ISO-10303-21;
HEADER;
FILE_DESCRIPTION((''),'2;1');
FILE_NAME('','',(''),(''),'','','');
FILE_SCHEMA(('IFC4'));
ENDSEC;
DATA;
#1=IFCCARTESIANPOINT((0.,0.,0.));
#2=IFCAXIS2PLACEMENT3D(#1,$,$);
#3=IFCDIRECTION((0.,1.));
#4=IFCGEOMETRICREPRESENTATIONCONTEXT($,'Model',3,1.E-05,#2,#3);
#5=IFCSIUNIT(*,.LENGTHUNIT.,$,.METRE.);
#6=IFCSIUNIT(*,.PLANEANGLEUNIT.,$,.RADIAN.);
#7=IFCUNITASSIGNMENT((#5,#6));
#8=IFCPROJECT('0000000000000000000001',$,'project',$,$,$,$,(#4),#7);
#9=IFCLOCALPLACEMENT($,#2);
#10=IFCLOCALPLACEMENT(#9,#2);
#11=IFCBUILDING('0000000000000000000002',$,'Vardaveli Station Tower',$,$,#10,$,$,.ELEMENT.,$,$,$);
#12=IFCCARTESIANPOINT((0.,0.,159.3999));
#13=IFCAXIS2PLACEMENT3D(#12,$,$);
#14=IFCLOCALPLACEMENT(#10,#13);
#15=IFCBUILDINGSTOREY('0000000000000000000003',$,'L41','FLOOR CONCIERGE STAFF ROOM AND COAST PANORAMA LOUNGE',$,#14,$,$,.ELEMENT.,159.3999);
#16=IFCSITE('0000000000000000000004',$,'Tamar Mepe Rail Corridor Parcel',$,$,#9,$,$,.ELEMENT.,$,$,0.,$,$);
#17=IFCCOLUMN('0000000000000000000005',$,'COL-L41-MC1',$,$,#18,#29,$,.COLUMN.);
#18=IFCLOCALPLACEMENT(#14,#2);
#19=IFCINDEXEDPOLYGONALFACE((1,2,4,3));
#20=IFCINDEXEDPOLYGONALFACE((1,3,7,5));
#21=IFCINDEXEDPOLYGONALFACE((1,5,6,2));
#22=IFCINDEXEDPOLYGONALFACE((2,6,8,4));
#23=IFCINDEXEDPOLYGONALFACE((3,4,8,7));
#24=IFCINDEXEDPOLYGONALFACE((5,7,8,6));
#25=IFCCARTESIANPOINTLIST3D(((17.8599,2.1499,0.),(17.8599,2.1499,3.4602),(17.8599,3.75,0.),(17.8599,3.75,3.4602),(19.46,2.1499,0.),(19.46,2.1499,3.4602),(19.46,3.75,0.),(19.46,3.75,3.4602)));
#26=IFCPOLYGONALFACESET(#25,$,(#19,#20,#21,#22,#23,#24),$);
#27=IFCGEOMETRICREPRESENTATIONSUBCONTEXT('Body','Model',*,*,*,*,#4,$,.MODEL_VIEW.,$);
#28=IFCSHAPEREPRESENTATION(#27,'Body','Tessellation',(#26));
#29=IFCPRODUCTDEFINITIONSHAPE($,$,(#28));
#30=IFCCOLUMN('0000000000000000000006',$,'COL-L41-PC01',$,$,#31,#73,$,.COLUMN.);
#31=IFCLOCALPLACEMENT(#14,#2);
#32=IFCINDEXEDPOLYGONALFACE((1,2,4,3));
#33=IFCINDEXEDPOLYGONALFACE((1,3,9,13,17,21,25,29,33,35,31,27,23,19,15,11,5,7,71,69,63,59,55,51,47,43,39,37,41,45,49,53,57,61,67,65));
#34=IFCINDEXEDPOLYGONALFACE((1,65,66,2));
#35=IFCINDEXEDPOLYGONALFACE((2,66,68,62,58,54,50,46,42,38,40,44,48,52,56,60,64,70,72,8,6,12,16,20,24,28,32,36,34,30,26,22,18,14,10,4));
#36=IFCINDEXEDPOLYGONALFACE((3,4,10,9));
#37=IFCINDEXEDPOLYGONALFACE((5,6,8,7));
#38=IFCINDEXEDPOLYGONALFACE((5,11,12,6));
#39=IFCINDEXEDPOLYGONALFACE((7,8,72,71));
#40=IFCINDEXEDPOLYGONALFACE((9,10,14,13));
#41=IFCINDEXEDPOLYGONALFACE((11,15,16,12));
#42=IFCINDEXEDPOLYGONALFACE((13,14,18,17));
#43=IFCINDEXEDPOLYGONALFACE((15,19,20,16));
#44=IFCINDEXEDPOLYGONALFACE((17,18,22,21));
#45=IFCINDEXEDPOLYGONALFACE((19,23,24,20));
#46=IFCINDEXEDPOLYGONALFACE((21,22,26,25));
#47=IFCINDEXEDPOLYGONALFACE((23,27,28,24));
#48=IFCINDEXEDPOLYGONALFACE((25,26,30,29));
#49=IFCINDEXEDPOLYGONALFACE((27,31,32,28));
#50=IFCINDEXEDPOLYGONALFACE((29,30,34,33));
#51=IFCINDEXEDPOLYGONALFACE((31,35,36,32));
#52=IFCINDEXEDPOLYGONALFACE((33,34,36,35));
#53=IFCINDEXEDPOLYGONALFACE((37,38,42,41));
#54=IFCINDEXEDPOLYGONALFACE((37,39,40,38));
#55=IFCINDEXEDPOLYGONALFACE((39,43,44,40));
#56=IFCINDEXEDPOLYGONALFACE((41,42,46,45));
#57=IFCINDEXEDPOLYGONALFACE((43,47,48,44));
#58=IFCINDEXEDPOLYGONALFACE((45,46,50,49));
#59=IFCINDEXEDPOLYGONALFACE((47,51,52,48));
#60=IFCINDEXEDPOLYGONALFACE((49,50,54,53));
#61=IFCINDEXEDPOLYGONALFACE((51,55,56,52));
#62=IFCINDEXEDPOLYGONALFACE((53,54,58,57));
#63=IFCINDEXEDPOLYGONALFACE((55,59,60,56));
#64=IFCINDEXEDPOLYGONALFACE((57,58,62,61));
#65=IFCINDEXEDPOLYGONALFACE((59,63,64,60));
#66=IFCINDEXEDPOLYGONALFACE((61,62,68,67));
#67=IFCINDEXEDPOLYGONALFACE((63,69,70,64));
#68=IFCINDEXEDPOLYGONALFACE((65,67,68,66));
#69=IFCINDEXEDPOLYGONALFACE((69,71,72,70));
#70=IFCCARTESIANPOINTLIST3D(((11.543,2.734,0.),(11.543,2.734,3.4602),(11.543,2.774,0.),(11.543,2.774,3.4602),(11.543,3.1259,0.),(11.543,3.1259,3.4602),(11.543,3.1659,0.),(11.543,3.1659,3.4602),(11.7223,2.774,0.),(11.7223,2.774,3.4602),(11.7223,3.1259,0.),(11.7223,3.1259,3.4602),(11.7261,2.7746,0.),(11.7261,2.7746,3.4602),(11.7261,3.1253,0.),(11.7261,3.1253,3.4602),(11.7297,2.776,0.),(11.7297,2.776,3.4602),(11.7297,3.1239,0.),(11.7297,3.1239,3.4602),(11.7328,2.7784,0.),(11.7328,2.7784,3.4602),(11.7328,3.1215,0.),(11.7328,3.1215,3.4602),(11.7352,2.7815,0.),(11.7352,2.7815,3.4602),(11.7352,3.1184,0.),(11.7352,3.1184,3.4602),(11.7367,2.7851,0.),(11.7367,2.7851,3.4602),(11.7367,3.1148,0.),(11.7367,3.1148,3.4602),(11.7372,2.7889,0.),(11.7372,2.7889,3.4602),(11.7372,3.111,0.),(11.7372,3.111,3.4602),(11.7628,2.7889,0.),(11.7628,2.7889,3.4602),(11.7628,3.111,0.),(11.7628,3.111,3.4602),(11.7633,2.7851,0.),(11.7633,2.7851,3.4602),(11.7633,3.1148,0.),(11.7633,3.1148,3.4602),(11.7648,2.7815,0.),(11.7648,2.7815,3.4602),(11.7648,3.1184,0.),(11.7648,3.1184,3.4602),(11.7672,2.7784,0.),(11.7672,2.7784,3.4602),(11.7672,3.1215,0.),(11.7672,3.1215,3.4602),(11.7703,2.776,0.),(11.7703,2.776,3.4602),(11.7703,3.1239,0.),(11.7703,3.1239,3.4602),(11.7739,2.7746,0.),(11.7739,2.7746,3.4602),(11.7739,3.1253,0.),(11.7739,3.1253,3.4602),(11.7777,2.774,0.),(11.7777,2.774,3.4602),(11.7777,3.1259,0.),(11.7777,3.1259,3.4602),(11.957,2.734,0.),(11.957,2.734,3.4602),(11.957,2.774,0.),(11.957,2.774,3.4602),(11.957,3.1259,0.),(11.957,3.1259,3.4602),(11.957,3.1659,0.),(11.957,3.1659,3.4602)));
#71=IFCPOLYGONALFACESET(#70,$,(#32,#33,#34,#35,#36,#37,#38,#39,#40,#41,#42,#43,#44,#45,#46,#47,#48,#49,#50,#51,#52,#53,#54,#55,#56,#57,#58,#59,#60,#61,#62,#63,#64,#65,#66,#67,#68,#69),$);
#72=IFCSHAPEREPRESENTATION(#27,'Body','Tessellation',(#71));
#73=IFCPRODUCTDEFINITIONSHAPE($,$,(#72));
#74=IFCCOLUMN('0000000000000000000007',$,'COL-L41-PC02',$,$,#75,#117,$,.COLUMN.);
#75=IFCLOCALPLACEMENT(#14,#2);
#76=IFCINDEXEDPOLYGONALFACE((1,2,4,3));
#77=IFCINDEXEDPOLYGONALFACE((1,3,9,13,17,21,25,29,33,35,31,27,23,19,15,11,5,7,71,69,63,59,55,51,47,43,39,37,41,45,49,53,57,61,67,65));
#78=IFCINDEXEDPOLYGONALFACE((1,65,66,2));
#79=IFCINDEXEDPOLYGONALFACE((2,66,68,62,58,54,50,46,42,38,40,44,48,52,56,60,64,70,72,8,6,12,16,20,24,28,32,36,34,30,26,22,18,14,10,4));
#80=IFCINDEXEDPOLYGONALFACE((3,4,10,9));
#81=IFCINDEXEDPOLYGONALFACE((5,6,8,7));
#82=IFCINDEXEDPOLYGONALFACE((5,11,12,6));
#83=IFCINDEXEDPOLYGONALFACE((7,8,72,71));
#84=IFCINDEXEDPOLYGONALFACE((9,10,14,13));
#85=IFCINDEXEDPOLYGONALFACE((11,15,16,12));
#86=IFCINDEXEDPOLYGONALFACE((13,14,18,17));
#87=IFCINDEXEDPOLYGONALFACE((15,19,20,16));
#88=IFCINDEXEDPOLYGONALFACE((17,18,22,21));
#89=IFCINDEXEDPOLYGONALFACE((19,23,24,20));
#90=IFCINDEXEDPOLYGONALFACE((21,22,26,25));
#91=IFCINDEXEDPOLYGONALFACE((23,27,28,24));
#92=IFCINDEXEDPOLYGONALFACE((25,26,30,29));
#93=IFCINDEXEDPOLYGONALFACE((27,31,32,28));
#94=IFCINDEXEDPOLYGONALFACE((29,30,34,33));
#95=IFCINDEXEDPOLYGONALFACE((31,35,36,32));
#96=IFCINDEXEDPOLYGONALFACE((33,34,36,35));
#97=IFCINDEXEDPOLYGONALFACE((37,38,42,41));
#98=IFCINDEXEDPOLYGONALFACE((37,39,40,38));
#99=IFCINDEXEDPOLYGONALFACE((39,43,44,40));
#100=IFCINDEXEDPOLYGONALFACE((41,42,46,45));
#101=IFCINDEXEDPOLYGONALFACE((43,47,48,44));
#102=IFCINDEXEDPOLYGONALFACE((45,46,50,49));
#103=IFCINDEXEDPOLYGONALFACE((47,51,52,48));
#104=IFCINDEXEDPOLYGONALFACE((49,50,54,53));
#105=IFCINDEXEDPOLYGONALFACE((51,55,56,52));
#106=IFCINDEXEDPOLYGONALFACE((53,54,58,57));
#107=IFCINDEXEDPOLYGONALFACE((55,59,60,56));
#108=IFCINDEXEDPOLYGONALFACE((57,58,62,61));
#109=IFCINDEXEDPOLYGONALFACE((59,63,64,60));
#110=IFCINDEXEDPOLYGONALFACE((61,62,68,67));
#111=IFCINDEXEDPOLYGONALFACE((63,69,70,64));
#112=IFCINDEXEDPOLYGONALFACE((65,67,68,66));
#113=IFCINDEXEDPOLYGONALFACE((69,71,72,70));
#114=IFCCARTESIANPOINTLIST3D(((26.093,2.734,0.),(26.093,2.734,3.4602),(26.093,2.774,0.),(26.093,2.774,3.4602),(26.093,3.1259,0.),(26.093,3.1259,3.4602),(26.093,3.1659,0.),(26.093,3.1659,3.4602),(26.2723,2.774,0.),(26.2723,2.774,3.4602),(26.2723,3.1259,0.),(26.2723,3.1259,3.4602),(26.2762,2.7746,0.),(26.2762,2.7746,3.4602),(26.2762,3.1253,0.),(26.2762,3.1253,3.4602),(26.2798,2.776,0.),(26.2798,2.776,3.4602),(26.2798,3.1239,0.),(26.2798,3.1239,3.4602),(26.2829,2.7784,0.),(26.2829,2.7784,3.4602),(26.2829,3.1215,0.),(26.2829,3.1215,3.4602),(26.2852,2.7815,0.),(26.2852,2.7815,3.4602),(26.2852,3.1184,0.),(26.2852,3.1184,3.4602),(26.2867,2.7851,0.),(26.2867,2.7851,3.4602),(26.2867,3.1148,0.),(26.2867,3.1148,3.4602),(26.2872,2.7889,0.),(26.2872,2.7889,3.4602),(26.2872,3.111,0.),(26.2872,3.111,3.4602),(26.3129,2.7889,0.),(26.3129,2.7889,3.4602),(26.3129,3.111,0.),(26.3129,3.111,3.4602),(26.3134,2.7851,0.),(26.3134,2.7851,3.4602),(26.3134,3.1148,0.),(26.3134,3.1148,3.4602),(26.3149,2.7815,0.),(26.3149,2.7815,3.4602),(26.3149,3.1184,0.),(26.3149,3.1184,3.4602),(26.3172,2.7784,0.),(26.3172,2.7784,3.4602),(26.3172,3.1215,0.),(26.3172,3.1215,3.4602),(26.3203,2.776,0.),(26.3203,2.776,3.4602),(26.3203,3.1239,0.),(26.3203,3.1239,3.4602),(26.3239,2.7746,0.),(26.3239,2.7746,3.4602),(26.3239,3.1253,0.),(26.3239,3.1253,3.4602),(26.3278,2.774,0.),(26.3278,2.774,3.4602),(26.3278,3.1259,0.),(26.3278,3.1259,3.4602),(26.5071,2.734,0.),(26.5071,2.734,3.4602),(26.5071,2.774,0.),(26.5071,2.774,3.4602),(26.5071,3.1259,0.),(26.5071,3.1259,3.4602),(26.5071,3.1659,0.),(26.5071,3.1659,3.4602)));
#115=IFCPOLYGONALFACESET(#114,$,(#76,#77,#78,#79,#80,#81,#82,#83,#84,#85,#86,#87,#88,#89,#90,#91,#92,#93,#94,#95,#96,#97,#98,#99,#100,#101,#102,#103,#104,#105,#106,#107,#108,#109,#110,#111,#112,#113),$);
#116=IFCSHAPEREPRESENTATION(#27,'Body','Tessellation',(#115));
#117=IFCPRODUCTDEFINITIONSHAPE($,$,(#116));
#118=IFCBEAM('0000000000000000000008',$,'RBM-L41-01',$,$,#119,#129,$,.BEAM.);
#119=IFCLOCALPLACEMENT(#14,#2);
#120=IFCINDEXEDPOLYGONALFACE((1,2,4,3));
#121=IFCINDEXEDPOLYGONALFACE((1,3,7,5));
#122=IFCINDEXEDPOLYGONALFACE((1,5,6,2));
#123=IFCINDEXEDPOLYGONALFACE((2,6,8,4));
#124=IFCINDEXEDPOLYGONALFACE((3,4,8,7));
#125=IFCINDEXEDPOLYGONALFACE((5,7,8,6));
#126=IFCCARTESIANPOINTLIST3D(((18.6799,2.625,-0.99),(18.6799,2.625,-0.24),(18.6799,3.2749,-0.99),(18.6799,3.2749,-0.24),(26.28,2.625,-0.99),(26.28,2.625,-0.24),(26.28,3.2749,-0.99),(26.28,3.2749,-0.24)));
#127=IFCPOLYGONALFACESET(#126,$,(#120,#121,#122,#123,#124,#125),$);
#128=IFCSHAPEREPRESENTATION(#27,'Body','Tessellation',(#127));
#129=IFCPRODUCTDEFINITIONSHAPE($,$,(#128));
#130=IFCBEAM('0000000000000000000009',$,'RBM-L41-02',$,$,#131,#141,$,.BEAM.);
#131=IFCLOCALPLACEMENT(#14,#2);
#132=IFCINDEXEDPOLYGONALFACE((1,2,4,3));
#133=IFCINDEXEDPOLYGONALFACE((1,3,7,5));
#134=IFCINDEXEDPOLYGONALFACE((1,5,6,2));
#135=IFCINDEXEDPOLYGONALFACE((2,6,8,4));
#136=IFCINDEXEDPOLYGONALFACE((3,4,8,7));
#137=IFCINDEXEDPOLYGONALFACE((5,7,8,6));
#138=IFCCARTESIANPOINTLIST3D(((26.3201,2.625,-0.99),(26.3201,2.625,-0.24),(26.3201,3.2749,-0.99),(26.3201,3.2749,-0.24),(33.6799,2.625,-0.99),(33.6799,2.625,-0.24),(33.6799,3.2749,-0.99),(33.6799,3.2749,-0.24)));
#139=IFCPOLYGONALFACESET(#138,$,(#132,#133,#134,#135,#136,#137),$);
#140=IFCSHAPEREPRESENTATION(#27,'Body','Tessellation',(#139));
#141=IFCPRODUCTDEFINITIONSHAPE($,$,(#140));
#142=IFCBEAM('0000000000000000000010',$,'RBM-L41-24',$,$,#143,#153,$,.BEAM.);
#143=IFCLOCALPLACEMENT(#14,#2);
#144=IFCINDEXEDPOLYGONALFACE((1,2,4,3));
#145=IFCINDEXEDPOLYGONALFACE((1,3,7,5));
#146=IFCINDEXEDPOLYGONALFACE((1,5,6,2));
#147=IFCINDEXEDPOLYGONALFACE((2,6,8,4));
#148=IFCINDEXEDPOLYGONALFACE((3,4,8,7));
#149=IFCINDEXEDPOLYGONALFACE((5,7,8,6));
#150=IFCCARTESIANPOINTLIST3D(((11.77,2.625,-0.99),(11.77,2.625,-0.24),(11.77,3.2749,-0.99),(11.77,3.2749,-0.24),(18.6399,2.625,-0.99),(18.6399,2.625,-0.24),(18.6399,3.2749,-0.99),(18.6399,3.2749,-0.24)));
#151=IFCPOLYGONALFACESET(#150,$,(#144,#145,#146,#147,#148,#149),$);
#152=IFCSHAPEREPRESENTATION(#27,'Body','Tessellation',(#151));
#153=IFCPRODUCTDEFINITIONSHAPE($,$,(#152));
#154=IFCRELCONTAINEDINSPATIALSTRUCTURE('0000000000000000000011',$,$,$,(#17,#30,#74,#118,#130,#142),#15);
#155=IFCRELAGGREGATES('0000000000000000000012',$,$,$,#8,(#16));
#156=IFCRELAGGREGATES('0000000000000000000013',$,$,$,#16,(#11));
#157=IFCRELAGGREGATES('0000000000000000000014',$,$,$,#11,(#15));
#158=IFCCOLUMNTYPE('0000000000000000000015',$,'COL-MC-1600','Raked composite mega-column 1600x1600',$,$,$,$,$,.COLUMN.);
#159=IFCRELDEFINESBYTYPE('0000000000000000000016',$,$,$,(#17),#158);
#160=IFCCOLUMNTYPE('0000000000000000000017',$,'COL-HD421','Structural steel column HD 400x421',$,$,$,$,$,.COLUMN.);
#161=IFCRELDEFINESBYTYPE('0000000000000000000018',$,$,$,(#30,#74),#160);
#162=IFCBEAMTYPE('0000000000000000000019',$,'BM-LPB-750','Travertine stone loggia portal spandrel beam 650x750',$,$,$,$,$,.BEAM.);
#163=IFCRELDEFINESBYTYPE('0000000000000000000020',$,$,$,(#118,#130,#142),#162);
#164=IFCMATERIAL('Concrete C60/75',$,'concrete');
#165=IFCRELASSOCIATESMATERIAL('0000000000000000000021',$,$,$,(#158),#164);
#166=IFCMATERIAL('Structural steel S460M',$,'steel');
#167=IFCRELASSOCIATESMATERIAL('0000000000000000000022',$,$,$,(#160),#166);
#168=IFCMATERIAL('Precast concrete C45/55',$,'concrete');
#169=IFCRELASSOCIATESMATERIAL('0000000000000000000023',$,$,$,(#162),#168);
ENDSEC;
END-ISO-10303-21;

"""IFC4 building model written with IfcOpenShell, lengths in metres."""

from ifc_helpers import new_model, si_unit, direction, frame, origin, origin_2d, place, context, subcontext, project, spatial, rectangle, i_section, extrude, source, transform, mapped, material, material_profile, profile_set, type_object, element, save


model = new_model("IFC4")

# Units and contexts
model_context = context("Model", 3, precision=1e-05, world=origin(), true_north=direction((0.0, 1.0)))
body_context = subcontext(model_context, "Body", "Model", "MODEL_VIEW")
ifc_project = project(units=[si_unit("LENGTHUNIT", "METRE"), si_unit("PLANEANGLEUNIT", "RADIAN")], contexts=[model_context])

# Site, building, storey
site_placement = place(None, origin())
site = spatial("IfcSite", under=ifc_project, at=site_placement, Name="Tamar Mepe Rail Corridor Parcel", CompositionType="ELEMENT", RefElevation=0.0)
building_placement = place(site_placement, origin())
building = spatial("IfcBuilding", under=site, at=building_placement, Name="Vardaveli Station Tower", CompositionType="ELEMENT")
storey_placement = place(building_placement, frame((0.0, 0.0, 159.3999)))
storey = spatial("IfcBuildingStorey", under=building, at=storey_placement, Name="L41", Description="FLOOR CONCIERGE STAFF ROOM AND COAST PANORAMA LOUNGE", CompositionType="ELEMENT", Elevation=159.3999)

# Columns
ifc_material_1 = material(Name="Concrete C60/75", Category="concrete")
ifc_material_profile_1 = material_profile(ifc_material_1, rectangle(XDim=1.6001, YDim=1.6001, at=origin_2d()), Name="MC 1600x1600")
ifc_profile_set_1 = profile_set([ifc_material_profile_1], Name="Concrete C60/75")
column_type_1 = type_object("IfcColumnType", Name="COL-MC-1600", Description="Raked composite mega-column 1600x1600", PredefinedType="COLUMN", material=ifc_profile_set_1)
shared_shape_1 = source(origin(), body_context, "Body", "SweptSolid", [
    extrude(rectangle(XDim=1.6001, YDim=1.6001, at=origin_2d()), origin(), (0.0, 0.0, 1.0), 3.4602),
])
column_placement = place(storey_placement, frame((18.6599, 2.95, 0.0), z_axis=(0.0, 0.0, 1.0), x_axis=(1.0, 0.0, 0.0)))
element("IfcColumn", 1, at=column_placement, inside=storey, type_object=column_type_1, Name="COL-L41-MC1", PredefinedType="COLUMN", context=body_context, shape_type="MappedRepresentation", body=[
    mapped(shared_shape_1, transform((0.0, 0.0, 0.0), scale=1.0)),
])
ifc_material_2 = material(Name="Structural steel S460M", Category="steel")
ifc_material_profile_2 = material_profile(ifc_material_2, i_section(OverallWidth=0.4141, OverallDepth=0.4319, WebThickness=0.0256, FlangeThickness=0.04, FilletRadius=0.0149, at=origin_2d()), Name="HD 400x421")
ifc_profile_set_2 = profile_set([ifc_material_profile_2], Name="Structural steel S460M")
column_type_2 = type_object("IfcColumnType", Name="COL-HD421", Description="Structural steel column HD 400x421", PredefinedType="COLUMN", material=ifc_profile_set_2)
shared_shape_2 = source(origin(), body_context, "Body", "SweptSolid", [
    extrude(i_section(OverallWidth=0.4141, OverallDepth=0.4319, WebThickness=0.0256, FlangeThickness=0.04, FilletRadius=0.0149, at=origin_2d()), origin(), (0.0, 0.0, 1.0), 3.4602),
])
for number, where, z_axis, x_axis, name in (
    (2, (11.75, 2.95, 0.0), (0.0, 0.0, 1.0), (1.0, 0.0, 0.0), "COL-L41-PC01"),
    (3, (26.3, 2.95, 0.0), (0.0, 0.0, 1.0), (1.0, 0.0, 0.0), "COL-L41-PC02"),
):
    element("IfcColumn", number, at=place(storey_placement, frame(where, z_axis=z_axis, x_axis=x_axis)), inside=storey, type_object=column_type_2, Name=name, PredefinedType="COLUMN", context=body_context, shape_type="MappedRepresentation", body=[
        mapped(shared_shape_2, transform((0.0, 0.0, 0.0), scale=1.0)),
    ])

# Beams
ifc_material_3 = material(Name="Precast concrete C45/55", Category="concrete")
ifc_material_profile_3 = material_profile(ifc_material_3, rectangle(XDim=0.6499, YDim=0.75, at=origin_2d()), Name="LPB 650x750")
ifc_profile_set_3 = profile_set([ifc_material_profile_3], Name="Precast concrete C45/55")
beam_type_1 = type_object("IfcBeamType", Name="BM-LPB-750", Description="Travertine stone loggia portal spandrel beam 650x750", PredefinedType="BEAM", material=ifc_profile_set_3)
shared_shape_3 = source(origin(), body_context, "Body", "SweptSolid", [
    extrude(rectangle(XDim=0.6499, YDim=0.75, at=origin_2d()), origin(), (0.0, 0.0, 1.0), 7.6001),
])
beam_1_placement = place(storey_placement, frame((18.6799, 2.95, -0.615), z_axis=(1.0, 0.0, 0.0), x_axis=(0.0, 1.0, 0.0)))
element("IfcBeam", 4, at=beam_1_placement, inside=storey, type_object=beam_type_1, Name="RBM-L41-01", PredefinedType="BEAM", context=body_context, shape_type="MappedRepresentation", body=[
    mapped(shared_shape_3, transform((0.0, 0.0, 0.0), scale=1.0)),
])
shared_shape_4 = source(origin(), body_context, "Body", "SweptSolid", [
    extrude(rectangle(XDim=0.6499, YDim=0.75, at=origin_2d()), origin(), (0.0, 0.0, 1.0), 7.3599),
])
beam_2_placement = place(storey_placement, frame((26.3201, 2.95, -0.615), z_axis=(1.0, 0.0, 0.0), x_axis=(0.0, 1.0, 0.0)))
element("IfcBeam", 5, at=beam_2_placement, inside=storey, type_object=beam_type_1, Name="RBM-L41-02", PredefinedType="BEAM", context=body_context, shape_type="MappedRepresentation", body=[
    mapped(shared_shape_4, transform((0.0, 0.0, 0.0), scale=1.0)),
])
shared_shape_5 = source(origin(), body_context, "Body", "SweptSolid", [
    extrude(rectangle(XDim=0.6499, YDim=0.75, at=origin_2d()), origin(), (0.0, 0.0, 1.0), 6.8699),
])
beam_3_placement = place(storey_placement, frame((11.77, 2.95, -0.615), z_axis=(1.0, 0.0, 0.0), x_axis=(0.0, 1.0, 0.0)))
element("IfcBeam", 6, at=beam_3_placement, inside=storey, type_object=beam_type_1, Name="RBM-L41-24", PredefinedType="BEAM", context=body_context, shape_type="MappedRepresentation", body=[
    mapped(shared_shape_5, transform((0.0, 0.0, 0.0), scale=1.0)),
])

save(model, "model.ifc")
